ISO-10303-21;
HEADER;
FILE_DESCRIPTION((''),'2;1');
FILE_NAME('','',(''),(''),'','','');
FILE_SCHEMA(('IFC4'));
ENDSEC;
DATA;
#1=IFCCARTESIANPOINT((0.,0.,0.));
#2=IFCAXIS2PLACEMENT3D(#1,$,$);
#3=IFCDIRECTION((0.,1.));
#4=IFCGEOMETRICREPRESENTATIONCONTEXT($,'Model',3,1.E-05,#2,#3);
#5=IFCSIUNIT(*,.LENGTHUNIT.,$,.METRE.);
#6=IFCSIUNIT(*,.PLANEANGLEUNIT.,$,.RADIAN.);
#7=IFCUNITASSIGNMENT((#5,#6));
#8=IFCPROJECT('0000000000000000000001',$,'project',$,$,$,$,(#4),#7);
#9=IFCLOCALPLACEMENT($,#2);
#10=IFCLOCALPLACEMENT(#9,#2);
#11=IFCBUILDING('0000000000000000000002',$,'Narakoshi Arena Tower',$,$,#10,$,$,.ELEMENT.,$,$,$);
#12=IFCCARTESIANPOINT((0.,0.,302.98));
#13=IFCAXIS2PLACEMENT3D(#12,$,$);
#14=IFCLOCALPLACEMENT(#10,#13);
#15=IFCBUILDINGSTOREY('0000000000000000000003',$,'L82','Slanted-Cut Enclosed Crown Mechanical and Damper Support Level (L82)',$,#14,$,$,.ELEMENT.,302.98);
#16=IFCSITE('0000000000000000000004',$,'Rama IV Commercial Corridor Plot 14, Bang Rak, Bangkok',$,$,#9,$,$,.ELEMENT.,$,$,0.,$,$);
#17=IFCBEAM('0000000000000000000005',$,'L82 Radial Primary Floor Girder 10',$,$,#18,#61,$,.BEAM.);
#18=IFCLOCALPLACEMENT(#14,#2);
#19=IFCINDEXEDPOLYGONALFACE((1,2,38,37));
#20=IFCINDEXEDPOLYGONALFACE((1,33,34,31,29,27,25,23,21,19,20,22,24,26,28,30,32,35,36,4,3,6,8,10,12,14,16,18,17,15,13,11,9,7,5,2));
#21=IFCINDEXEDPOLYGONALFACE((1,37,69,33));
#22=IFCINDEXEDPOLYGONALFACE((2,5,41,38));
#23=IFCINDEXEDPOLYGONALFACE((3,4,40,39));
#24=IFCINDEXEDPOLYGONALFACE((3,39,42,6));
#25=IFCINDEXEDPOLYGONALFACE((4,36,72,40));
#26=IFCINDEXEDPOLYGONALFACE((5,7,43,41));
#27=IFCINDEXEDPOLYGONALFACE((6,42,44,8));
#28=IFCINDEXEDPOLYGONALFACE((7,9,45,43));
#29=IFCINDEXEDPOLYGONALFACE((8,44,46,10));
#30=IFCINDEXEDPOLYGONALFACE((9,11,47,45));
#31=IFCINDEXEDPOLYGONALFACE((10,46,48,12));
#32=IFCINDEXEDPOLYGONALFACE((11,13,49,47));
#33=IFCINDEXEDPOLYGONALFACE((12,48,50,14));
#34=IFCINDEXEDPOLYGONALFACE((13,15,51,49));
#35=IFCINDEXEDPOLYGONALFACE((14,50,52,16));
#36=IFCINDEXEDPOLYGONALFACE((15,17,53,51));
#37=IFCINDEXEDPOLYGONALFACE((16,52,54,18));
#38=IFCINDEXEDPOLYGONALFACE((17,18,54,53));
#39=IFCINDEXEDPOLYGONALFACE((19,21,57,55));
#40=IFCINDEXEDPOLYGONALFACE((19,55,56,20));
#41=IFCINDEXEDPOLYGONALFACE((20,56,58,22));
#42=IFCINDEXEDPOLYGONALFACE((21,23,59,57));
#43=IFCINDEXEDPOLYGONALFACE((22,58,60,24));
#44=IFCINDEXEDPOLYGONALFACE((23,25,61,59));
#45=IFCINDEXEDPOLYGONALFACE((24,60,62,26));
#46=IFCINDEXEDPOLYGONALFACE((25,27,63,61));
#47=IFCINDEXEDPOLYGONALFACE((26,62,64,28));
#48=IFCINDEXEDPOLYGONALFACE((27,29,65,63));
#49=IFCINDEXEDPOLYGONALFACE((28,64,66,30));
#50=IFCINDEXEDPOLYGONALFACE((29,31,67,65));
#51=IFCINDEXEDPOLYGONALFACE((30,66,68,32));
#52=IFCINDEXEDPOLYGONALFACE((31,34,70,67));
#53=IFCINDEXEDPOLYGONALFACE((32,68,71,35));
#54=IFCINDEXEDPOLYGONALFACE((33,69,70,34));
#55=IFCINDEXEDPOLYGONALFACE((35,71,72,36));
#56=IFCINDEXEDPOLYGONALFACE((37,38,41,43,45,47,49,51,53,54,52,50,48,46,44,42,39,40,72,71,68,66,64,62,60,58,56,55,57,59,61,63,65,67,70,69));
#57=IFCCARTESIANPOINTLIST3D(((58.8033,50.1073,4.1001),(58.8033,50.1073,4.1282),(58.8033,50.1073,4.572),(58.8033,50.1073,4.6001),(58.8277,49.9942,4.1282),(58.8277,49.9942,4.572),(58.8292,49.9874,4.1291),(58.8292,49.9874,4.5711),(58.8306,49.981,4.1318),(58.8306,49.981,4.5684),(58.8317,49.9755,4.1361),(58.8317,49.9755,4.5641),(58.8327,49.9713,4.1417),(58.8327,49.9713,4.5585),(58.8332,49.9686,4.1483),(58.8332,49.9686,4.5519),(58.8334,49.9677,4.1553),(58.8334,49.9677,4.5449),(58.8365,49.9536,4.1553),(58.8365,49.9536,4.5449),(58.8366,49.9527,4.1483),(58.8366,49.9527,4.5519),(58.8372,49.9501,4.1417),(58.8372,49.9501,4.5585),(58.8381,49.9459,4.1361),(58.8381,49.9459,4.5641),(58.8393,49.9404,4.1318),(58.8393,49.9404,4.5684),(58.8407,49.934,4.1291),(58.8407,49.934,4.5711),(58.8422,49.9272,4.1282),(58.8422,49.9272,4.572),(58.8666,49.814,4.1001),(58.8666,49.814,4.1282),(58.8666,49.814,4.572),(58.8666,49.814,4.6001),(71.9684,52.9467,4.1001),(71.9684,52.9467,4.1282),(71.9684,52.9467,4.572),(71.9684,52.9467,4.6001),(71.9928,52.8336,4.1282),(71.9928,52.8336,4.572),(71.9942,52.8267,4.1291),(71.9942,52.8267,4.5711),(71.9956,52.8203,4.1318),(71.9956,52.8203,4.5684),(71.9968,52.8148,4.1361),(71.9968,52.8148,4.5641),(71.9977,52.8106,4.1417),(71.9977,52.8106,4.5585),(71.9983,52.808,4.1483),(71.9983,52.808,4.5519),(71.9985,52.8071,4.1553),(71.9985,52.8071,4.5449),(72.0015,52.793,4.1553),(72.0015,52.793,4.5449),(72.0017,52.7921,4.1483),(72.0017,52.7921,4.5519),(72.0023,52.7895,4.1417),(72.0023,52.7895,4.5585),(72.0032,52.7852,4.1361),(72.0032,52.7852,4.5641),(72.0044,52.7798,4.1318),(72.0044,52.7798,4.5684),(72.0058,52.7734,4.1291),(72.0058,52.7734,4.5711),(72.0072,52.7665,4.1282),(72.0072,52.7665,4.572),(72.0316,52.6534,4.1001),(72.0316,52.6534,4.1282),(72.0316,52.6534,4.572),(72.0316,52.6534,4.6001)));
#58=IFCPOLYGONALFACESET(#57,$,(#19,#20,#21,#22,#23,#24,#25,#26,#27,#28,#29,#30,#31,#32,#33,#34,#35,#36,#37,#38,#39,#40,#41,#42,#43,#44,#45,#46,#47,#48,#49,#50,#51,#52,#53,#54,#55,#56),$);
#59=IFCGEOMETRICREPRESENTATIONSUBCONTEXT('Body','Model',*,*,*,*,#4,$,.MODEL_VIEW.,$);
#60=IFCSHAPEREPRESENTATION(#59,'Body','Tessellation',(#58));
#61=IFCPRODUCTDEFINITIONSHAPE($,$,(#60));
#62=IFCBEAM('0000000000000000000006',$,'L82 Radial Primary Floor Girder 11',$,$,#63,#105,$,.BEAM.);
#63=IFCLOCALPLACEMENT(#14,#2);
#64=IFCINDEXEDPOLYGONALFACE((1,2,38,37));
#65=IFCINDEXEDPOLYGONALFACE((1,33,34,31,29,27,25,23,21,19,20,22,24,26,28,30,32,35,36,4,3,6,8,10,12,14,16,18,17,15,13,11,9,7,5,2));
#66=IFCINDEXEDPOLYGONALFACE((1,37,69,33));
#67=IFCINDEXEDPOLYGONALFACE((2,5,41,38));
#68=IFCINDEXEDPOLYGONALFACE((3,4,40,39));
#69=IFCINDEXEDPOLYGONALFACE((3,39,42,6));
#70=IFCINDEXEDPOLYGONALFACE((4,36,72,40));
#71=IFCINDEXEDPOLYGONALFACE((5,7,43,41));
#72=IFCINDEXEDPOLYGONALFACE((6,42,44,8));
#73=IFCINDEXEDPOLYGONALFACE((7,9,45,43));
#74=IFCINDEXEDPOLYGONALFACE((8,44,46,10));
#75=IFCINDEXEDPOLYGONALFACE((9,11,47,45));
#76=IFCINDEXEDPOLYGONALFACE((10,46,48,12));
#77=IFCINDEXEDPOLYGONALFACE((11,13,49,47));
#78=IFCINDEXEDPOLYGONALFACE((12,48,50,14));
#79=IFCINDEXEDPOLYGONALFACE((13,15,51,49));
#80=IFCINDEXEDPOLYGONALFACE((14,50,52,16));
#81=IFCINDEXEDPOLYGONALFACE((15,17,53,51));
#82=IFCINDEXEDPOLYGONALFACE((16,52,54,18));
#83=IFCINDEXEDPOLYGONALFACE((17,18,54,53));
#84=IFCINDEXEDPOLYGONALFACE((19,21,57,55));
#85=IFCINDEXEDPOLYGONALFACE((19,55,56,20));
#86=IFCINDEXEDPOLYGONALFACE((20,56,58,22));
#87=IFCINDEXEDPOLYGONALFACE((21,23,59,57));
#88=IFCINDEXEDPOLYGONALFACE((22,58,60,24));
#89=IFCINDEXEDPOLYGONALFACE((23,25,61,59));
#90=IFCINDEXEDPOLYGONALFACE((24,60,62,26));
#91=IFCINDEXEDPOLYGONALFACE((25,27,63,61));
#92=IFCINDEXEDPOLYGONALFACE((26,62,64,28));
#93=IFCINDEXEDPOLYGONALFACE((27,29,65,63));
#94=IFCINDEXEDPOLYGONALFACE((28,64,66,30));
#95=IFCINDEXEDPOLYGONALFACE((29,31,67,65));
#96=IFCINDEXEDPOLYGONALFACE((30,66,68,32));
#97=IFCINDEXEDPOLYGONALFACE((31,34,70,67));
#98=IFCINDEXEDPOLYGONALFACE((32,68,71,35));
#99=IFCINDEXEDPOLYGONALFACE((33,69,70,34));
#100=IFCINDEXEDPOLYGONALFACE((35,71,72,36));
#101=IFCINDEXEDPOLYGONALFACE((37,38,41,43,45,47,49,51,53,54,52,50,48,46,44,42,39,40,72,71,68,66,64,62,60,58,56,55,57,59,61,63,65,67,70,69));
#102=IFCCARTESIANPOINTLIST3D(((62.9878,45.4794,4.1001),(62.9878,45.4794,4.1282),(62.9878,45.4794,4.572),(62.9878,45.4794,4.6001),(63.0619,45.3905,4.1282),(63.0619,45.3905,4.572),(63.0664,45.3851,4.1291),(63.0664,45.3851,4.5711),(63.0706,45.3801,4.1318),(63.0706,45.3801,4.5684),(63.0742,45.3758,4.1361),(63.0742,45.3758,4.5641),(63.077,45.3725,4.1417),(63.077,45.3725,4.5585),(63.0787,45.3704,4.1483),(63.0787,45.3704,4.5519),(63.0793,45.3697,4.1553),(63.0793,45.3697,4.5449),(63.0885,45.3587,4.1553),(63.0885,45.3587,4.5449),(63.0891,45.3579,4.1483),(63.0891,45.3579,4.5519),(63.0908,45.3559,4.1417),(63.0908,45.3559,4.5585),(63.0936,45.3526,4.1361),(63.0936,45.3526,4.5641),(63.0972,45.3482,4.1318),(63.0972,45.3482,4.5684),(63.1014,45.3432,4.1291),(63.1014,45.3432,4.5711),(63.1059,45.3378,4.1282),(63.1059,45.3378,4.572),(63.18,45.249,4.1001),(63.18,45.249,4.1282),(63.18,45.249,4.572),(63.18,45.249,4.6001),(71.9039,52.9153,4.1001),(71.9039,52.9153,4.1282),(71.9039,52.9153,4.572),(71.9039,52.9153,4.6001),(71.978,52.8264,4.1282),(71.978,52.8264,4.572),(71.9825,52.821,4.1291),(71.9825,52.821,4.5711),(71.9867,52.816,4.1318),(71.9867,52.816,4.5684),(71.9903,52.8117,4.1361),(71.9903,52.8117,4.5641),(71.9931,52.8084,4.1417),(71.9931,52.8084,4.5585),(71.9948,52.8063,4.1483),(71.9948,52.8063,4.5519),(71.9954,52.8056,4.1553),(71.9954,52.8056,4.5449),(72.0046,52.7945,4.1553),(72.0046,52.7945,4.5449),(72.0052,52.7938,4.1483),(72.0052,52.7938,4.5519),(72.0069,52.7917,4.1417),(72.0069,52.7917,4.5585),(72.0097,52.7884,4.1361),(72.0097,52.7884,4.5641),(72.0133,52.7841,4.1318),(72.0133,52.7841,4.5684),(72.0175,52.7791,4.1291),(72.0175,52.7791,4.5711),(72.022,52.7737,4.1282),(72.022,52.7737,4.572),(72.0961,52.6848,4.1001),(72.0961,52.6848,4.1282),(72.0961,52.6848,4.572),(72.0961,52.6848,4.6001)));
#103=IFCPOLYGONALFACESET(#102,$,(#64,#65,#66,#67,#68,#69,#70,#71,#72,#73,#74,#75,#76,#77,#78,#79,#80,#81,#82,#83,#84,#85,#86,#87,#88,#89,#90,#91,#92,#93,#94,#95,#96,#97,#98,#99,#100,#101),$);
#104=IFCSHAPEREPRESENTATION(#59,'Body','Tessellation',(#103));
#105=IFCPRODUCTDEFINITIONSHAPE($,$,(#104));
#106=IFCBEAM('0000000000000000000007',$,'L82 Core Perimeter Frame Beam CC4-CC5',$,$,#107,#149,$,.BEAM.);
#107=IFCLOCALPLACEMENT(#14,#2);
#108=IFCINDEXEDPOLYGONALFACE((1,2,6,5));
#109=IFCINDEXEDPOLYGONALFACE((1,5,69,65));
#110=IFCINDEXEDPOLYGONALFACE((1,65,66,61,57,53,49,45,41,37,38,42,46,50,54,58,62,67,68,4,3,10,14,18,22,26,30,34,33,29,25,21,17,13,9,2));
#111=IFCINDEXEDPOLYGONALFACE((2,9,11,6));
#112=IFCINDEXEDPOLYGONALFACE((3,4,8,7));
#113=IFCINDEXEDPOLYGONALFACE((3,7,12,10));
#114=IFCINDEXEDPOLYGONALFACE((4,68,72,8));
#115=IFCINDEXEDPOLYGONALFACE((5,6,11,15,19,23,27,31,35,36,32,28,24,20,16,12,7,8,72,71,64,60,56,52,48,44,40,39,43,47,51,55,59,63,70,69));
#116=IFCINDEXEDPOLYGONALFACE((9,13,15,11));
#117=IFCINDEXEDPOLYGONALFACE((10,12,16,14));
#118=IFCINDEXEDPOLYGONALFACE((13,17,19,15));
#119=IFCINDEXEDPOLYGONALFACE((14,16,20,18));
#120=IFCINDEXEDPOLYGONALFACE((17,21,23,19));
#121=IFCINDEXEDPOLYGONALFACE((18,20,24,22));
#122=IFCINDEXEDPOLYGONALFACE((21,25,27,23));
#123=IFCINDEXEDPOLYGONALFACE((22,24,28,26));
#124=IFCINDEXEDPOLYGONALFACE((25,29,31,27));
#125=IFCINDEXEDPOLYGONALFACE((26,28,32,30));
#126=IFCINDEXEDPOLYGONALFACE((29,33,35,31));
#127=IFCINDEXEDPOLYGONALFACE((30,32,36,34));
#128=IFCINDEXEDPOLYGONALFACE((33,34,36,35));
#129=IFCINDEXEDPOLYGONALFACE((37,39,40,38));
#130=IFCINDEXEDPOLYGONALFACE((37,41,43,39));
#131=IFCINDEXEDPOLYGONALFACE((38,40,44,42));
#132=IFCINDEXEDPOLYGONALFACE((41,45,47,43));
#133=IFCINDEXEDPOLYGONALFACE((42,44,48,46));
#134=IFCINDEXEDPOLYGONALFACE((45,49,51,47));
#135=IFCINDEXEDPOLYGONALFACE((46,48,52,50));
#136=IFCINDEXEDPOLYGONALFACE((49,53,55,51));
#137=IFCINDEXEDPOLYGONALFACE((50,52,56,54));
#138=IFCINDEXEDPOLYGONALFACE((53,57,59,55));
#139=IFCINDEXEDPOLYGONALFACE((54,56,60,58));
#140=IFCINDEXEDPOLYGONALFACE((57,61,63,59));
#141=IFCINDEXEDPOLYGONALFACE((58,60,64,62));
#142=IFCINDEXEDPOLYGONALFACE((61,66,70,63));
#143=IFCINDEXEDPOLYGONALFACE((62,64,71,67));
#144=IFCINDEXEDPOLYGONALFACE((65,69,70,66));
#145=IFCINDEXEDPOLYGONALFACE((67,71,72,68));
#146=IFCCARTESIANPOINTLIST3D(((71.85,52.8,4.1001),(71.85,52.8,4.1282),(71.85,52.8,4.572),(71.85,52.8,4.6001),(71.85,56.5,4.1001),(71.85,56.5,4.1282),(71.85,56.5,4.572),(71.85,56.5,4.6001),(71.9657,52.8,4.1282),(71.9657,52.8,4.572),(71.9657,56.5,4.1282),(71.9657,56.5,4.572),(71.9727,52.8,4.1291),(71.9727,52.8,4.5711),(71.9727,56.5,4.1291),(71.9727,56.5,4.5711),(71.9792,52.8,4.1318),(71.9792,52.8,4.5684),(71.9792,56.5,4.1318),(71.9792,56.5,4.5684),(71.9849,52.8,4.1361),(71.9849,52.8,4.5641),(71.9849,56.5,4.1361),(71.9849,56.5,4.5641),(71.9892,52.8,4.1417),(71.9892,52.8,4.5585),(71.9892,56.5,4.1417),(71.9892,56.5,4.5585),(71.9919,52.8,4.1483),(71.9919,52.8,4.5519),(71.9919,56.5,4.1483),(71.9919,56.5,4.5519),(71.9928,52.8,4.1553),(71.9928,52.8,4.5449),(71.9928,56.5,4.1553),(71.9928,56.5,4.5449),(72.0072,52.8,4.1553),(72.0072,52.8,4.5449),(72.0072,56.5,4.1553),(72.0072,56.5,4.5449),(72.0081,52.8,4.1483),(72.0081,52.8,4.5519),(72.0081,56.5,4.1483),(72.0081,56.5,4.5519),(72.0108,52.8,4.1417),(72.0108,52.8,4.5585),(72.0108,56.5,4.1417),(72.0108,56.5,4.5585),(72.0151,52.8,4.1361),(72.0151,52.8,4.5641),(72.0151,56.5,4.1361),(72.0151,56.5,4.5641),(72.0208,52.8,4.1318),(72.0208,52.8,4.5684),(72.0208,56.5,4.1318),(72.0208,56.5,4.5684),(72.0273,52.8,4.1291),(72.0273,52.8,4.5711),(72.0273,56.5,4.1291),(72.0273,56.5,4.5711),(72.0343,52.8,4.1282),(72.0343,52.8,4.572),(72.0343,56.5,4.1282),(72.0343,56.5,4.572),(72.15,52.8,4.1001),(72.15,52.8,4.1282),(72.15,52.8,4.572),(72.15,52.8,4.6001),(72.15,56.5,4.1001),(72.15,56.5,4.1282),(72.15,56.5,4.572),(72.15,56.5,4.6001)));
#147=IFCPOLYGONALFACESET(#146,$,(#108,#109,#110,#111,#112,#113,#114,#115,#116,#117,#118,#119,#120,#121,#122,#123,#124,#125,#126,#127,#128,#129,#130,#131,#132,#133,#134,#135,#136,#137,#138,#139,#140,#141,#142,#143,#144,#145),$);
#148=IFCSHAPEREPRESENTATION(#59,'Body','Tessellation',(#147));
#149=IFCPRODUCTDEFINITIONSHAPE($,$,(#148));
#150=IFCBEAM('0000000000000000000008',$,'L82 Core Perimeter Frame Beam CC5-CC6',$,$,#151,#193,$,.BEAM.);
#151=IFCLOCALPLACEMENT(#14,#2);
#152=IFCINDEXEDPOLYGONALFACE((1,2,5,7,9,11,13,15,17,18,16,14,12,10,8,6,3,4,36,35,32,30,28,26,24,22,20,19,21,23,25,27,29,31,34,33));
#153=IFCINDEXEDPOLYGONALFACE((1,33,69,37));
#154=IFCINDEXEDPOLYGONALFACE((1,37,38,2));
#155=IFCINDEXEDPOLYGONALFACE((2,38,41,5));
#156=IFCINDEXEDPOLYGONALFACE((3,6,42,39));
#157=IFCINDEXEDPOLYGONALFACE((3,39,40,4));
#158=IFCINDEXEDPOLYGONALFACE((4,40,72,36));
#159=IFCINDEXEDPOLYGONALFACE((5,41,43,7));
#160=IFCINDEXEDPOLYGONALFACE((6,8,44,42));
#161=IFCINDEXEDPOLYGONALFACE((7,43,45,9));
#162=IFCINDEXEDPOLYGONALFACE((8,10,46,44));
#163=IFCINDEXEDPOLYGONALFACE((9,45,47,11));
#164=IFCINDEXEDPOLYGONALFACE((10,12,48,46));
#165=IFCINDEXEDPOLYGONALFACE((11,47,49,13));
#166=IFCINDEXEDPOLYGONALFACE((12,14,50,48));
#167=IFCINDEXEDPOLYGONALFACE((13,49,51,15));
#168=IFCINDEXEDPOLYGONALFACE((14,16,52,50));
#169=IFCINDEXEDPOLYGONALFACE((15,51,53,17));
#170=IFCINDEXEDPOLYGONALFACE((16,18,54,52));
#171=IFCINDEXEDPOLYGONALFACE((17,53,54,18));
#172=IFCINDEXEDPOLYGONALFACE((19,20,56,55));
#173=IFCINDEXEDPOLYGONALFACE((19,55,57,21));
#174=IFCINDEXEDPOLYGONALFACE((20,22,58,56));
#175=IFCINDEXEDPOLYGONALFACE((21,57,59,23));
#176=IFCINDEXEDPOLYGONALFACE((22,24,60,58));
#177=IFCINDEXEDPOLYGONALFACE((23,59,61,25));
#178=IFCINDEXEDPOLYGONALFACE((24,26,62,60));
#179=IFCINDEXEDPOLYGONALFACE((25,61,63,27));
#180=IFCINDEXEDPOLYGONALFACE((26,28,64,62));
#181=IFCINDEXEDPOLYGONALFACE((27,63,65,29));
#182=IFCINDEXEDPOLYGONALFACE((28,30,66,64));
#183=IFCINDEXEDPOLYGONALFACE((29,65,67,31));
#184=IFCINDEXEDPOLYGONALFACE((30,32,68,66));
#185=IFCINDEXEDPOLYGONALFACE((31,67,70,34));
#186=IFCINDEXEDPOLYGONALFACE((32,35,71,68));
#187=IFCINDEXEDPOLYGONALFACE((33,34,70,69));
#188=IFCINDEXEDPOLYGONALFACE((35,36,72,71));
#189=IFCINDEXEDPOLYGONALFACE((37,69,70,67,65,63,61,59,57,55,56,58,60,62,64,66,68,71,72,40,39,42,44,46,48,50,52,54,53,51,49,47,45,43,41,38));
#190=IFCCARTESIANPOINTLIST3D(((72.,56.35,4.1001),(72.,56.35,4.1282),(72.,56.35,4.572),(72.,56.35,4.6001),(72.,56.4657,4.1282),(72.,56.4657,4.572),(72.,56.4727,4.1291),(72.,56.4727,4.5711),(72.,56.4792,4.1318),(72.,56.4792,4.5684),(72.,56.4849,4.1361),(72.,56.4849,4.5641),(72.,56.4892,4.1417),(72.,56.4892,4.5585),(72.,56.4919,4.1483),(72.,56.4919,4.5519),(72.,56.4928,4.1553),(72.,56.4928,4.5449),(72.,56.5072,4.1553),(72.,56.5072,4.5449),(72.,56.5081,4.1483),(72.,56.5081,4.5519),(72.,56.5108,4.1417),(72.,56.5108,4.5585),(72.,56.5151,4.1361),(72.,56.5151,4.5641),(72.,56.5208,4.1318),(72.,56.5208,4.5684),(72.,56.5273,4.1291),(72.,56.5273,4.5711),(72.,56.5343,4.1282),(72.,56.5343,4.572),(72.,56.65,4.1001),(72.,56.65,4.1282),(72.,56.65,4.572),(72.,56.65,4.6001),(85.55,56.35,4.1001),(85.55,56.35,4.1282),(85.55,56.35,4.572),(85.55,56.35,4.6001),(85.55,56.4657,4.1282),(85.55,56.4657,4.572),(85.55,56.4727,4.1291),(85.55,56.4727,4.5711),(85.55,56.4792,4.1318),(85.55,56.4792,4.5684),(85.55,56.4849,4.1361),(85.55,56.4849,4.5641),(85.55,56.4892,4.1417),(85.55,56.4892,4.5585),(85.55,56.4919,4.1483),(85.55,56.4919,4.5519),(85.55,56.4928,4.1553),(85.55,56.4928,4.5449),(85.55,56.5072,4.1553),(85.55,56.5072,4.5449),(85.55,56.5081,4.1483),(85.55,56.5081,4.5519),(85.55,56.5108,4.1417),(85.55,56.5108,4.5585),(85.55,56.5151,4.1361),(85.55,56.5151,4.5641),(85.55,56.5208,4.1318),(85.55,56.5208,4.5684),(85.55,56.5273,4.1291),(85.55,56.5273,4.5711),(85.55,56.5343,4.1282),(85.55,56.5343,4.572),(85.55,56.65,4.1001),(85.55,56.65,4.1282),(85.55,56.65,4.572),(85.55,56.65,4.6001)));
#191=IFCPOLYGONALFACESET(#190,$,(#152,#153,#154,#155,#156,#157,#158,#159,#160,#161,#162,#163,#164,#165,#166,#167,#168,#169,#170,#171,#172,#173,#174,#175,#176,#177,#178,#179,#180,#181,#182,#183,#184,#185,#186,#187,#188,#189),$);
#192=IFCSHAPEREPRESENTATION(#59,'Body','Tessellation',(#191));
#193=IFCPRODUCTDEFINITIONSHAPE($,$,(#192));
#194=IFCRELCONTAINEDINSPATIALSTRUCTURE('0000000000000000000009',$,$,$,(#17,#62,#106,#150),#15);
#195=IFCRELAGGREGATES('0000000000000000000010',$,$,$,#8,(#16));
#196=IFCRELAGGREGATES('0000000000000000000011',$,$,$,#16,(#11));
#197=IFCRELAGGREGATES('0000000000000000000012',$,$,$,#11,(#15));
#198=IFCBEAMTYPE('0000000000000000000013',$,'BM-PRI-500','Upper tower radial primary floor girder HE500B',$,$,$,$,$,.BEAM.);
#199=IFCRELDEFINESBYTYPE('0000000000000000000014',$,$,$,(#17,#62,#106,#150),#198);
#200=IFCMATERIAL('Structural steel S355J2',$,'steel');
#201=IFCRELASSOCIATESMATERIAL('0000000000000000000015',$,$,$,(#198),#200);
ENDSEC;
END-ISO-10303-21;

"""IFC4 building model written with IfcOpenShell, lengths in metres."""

from ifc_helpers import new_model, si_unit, direction, frame, origin, origin_2d, place, context, subcontext, project, spatial, i_section, extrude, material, material_profile, profile_set, type_object, element, save


model = new_model("IFC4")

# Units and contexts
model_context = context("Model", 3, precision=1e-05, world=origin(), true_north=direction((0.0, 1.0)))
body_context = subcontext(model_context, "Body", "Model", "MODEL_VIEW")
ifc_project = project(units=[si_unit("LENGTHUNIT", "METRE"), si_unit("PLANEANGLEUNIT", "RADIAN")], contexts=[model_context])

# Site, building, storey
site_placement = place(None, origin())
site = spatial("IfcSite", under=ifc_project, at=site_placement, Name="Rama IV Commercial Corridor Plot 14, Bang Rak, Bangkok", CompositionType="ELEMENT", RefElevation=0.0)
building_placement = place(site_placement, origin())
building = spatial("IfcBuilding", under=site, at=building_placement, Name="Narakoshi Arena Tower", CompositionType="ELEMENT")
storey_placement = place(building_placement, frame((0.0, 0.0, 302.98)))
storey = spatial("IfcBuildingStorey", under=building, at=storey_placement, Name="L82", Description="Slanted-Cut Enclosed Crown Mechanical and Damper Support Level (L82)", CompositionType="ELEMENT", Elevation=302.98)

# Shared definitions
ifc_material_1 = material(Name="Structural steel S355J2", Category="steel")

# Beams
ifc_material_profile_1 = material_profile(ifc_material_1, i_section(OverallWidth=0.3, OverallDepth=0.5, WebThickness=0.0144, FlangeThickness=0.0281, FilletRadius=0.0271, at=origin_2d()), Name="HE500B")
ifc_profile_set_1 = profile_set([ifc_material_profile_1], Name="Structural steel S355J2")
beam_type = type_object("IfcBeamType", Name="BM-PRI-500", Description="Upper tower radial primary floor girder HE500B", PredefinedType="BEAM", material=ifc_profile_set_1)
beam_1_placement = place(storey_placement, frame((72.0, 52.8, 4.3501), z_axis=(-0.977524, -0.210826, 0.0), x_axis=(0.210826, -0.977524, 0.0)))
element("IfcBeam", 1, at=beam_1_placement, inside=storey, type_object=beam_type, Name="L82 Radial Primary Floor Girder 10", PredefinedType="BEAM", context=body_context, shape_type="SweptSolid", body=[
    extrude(i_section(OverallWidth=0.3, OverallDepth=0.5, WebThickness=0.0144, FlangeThickness=0.0281, FilletRadius=0.0271, at=origin_2d()), origin(), (0.0, 0.0, 1.0), 13.4678),
])
beam_2_placement = place(storey_placement, frame((72.0, 52.8, 4.3501), z_axis=(-0.767976, -0.640478, 0.0), x_axis=(0.640478, -0.767976, 0.0)))
element("IfcBeam", 2, at=beam_2_placement, inside=storey, type_object=beam_type, Name="L82 Radial Primary Floor Girder 11", PredefinedType="BEAM", context=body_context, shape_type="SweptSolid", body=[
    extrude(i_section(OverallWidth=0.3, OverallDepth=0.5, WebThickness=0.0144, FlangeThickness=0.0281, FilletRadius=0.0271, at=origin_2d()), origin(), (0.0, 0.0, 1.0), 11.6099),
])
beam_3_placement = place(storey_placement, frame((72.0, 52.8, 4.3501), z_axis=(0.0, 1.0, 0.0), x_axis=(-1.0, 0.0, 0.0)))
element("IfcBeam", 3, at=beam_3_placement, inside=storey, type_object=beam_type, Name="L82 Core Perimeter Frame Beam CC4-CC5", PredefinedType="BEAM", context=body_context, shape_type="SweptSolid", body=[
    extrude(i_section(OverallWidth=0.3, OverallDepth=0.5, WebThickness=0.0144, FlangeThickness=0.0281, FilletRadius=0.0271, at=origin_2d()), origin(), (0.0, 0.0, 1.0), 3.7),
])
beam_4_placement = place(storey_placement, frame((72.0, 56.5, 4.3501), z_axis=(1.0, 0.0, 0.0), x_axis=(0.0, 1.0, 0.0)))
element("IfcBeam", 4, at=beam_4_placement, inside=storey, type_object=beam_type, Name="L82 Core Perimeter Frame Beam CC5-CC6", PredefinedType="BEAM", context=body_context, shape_type="SweptSolid", body=[
    extrude(i_section(OverallWidth=0.3, OverallDepth=0.5, WebThickness=0.0144, FlangeThickness=0.0281, FilletRadius=0.0271, at=origin_2d()), origin(), (0.0, 0.0, 1.0), 13.55),
])

save(model, "model.ifc")
